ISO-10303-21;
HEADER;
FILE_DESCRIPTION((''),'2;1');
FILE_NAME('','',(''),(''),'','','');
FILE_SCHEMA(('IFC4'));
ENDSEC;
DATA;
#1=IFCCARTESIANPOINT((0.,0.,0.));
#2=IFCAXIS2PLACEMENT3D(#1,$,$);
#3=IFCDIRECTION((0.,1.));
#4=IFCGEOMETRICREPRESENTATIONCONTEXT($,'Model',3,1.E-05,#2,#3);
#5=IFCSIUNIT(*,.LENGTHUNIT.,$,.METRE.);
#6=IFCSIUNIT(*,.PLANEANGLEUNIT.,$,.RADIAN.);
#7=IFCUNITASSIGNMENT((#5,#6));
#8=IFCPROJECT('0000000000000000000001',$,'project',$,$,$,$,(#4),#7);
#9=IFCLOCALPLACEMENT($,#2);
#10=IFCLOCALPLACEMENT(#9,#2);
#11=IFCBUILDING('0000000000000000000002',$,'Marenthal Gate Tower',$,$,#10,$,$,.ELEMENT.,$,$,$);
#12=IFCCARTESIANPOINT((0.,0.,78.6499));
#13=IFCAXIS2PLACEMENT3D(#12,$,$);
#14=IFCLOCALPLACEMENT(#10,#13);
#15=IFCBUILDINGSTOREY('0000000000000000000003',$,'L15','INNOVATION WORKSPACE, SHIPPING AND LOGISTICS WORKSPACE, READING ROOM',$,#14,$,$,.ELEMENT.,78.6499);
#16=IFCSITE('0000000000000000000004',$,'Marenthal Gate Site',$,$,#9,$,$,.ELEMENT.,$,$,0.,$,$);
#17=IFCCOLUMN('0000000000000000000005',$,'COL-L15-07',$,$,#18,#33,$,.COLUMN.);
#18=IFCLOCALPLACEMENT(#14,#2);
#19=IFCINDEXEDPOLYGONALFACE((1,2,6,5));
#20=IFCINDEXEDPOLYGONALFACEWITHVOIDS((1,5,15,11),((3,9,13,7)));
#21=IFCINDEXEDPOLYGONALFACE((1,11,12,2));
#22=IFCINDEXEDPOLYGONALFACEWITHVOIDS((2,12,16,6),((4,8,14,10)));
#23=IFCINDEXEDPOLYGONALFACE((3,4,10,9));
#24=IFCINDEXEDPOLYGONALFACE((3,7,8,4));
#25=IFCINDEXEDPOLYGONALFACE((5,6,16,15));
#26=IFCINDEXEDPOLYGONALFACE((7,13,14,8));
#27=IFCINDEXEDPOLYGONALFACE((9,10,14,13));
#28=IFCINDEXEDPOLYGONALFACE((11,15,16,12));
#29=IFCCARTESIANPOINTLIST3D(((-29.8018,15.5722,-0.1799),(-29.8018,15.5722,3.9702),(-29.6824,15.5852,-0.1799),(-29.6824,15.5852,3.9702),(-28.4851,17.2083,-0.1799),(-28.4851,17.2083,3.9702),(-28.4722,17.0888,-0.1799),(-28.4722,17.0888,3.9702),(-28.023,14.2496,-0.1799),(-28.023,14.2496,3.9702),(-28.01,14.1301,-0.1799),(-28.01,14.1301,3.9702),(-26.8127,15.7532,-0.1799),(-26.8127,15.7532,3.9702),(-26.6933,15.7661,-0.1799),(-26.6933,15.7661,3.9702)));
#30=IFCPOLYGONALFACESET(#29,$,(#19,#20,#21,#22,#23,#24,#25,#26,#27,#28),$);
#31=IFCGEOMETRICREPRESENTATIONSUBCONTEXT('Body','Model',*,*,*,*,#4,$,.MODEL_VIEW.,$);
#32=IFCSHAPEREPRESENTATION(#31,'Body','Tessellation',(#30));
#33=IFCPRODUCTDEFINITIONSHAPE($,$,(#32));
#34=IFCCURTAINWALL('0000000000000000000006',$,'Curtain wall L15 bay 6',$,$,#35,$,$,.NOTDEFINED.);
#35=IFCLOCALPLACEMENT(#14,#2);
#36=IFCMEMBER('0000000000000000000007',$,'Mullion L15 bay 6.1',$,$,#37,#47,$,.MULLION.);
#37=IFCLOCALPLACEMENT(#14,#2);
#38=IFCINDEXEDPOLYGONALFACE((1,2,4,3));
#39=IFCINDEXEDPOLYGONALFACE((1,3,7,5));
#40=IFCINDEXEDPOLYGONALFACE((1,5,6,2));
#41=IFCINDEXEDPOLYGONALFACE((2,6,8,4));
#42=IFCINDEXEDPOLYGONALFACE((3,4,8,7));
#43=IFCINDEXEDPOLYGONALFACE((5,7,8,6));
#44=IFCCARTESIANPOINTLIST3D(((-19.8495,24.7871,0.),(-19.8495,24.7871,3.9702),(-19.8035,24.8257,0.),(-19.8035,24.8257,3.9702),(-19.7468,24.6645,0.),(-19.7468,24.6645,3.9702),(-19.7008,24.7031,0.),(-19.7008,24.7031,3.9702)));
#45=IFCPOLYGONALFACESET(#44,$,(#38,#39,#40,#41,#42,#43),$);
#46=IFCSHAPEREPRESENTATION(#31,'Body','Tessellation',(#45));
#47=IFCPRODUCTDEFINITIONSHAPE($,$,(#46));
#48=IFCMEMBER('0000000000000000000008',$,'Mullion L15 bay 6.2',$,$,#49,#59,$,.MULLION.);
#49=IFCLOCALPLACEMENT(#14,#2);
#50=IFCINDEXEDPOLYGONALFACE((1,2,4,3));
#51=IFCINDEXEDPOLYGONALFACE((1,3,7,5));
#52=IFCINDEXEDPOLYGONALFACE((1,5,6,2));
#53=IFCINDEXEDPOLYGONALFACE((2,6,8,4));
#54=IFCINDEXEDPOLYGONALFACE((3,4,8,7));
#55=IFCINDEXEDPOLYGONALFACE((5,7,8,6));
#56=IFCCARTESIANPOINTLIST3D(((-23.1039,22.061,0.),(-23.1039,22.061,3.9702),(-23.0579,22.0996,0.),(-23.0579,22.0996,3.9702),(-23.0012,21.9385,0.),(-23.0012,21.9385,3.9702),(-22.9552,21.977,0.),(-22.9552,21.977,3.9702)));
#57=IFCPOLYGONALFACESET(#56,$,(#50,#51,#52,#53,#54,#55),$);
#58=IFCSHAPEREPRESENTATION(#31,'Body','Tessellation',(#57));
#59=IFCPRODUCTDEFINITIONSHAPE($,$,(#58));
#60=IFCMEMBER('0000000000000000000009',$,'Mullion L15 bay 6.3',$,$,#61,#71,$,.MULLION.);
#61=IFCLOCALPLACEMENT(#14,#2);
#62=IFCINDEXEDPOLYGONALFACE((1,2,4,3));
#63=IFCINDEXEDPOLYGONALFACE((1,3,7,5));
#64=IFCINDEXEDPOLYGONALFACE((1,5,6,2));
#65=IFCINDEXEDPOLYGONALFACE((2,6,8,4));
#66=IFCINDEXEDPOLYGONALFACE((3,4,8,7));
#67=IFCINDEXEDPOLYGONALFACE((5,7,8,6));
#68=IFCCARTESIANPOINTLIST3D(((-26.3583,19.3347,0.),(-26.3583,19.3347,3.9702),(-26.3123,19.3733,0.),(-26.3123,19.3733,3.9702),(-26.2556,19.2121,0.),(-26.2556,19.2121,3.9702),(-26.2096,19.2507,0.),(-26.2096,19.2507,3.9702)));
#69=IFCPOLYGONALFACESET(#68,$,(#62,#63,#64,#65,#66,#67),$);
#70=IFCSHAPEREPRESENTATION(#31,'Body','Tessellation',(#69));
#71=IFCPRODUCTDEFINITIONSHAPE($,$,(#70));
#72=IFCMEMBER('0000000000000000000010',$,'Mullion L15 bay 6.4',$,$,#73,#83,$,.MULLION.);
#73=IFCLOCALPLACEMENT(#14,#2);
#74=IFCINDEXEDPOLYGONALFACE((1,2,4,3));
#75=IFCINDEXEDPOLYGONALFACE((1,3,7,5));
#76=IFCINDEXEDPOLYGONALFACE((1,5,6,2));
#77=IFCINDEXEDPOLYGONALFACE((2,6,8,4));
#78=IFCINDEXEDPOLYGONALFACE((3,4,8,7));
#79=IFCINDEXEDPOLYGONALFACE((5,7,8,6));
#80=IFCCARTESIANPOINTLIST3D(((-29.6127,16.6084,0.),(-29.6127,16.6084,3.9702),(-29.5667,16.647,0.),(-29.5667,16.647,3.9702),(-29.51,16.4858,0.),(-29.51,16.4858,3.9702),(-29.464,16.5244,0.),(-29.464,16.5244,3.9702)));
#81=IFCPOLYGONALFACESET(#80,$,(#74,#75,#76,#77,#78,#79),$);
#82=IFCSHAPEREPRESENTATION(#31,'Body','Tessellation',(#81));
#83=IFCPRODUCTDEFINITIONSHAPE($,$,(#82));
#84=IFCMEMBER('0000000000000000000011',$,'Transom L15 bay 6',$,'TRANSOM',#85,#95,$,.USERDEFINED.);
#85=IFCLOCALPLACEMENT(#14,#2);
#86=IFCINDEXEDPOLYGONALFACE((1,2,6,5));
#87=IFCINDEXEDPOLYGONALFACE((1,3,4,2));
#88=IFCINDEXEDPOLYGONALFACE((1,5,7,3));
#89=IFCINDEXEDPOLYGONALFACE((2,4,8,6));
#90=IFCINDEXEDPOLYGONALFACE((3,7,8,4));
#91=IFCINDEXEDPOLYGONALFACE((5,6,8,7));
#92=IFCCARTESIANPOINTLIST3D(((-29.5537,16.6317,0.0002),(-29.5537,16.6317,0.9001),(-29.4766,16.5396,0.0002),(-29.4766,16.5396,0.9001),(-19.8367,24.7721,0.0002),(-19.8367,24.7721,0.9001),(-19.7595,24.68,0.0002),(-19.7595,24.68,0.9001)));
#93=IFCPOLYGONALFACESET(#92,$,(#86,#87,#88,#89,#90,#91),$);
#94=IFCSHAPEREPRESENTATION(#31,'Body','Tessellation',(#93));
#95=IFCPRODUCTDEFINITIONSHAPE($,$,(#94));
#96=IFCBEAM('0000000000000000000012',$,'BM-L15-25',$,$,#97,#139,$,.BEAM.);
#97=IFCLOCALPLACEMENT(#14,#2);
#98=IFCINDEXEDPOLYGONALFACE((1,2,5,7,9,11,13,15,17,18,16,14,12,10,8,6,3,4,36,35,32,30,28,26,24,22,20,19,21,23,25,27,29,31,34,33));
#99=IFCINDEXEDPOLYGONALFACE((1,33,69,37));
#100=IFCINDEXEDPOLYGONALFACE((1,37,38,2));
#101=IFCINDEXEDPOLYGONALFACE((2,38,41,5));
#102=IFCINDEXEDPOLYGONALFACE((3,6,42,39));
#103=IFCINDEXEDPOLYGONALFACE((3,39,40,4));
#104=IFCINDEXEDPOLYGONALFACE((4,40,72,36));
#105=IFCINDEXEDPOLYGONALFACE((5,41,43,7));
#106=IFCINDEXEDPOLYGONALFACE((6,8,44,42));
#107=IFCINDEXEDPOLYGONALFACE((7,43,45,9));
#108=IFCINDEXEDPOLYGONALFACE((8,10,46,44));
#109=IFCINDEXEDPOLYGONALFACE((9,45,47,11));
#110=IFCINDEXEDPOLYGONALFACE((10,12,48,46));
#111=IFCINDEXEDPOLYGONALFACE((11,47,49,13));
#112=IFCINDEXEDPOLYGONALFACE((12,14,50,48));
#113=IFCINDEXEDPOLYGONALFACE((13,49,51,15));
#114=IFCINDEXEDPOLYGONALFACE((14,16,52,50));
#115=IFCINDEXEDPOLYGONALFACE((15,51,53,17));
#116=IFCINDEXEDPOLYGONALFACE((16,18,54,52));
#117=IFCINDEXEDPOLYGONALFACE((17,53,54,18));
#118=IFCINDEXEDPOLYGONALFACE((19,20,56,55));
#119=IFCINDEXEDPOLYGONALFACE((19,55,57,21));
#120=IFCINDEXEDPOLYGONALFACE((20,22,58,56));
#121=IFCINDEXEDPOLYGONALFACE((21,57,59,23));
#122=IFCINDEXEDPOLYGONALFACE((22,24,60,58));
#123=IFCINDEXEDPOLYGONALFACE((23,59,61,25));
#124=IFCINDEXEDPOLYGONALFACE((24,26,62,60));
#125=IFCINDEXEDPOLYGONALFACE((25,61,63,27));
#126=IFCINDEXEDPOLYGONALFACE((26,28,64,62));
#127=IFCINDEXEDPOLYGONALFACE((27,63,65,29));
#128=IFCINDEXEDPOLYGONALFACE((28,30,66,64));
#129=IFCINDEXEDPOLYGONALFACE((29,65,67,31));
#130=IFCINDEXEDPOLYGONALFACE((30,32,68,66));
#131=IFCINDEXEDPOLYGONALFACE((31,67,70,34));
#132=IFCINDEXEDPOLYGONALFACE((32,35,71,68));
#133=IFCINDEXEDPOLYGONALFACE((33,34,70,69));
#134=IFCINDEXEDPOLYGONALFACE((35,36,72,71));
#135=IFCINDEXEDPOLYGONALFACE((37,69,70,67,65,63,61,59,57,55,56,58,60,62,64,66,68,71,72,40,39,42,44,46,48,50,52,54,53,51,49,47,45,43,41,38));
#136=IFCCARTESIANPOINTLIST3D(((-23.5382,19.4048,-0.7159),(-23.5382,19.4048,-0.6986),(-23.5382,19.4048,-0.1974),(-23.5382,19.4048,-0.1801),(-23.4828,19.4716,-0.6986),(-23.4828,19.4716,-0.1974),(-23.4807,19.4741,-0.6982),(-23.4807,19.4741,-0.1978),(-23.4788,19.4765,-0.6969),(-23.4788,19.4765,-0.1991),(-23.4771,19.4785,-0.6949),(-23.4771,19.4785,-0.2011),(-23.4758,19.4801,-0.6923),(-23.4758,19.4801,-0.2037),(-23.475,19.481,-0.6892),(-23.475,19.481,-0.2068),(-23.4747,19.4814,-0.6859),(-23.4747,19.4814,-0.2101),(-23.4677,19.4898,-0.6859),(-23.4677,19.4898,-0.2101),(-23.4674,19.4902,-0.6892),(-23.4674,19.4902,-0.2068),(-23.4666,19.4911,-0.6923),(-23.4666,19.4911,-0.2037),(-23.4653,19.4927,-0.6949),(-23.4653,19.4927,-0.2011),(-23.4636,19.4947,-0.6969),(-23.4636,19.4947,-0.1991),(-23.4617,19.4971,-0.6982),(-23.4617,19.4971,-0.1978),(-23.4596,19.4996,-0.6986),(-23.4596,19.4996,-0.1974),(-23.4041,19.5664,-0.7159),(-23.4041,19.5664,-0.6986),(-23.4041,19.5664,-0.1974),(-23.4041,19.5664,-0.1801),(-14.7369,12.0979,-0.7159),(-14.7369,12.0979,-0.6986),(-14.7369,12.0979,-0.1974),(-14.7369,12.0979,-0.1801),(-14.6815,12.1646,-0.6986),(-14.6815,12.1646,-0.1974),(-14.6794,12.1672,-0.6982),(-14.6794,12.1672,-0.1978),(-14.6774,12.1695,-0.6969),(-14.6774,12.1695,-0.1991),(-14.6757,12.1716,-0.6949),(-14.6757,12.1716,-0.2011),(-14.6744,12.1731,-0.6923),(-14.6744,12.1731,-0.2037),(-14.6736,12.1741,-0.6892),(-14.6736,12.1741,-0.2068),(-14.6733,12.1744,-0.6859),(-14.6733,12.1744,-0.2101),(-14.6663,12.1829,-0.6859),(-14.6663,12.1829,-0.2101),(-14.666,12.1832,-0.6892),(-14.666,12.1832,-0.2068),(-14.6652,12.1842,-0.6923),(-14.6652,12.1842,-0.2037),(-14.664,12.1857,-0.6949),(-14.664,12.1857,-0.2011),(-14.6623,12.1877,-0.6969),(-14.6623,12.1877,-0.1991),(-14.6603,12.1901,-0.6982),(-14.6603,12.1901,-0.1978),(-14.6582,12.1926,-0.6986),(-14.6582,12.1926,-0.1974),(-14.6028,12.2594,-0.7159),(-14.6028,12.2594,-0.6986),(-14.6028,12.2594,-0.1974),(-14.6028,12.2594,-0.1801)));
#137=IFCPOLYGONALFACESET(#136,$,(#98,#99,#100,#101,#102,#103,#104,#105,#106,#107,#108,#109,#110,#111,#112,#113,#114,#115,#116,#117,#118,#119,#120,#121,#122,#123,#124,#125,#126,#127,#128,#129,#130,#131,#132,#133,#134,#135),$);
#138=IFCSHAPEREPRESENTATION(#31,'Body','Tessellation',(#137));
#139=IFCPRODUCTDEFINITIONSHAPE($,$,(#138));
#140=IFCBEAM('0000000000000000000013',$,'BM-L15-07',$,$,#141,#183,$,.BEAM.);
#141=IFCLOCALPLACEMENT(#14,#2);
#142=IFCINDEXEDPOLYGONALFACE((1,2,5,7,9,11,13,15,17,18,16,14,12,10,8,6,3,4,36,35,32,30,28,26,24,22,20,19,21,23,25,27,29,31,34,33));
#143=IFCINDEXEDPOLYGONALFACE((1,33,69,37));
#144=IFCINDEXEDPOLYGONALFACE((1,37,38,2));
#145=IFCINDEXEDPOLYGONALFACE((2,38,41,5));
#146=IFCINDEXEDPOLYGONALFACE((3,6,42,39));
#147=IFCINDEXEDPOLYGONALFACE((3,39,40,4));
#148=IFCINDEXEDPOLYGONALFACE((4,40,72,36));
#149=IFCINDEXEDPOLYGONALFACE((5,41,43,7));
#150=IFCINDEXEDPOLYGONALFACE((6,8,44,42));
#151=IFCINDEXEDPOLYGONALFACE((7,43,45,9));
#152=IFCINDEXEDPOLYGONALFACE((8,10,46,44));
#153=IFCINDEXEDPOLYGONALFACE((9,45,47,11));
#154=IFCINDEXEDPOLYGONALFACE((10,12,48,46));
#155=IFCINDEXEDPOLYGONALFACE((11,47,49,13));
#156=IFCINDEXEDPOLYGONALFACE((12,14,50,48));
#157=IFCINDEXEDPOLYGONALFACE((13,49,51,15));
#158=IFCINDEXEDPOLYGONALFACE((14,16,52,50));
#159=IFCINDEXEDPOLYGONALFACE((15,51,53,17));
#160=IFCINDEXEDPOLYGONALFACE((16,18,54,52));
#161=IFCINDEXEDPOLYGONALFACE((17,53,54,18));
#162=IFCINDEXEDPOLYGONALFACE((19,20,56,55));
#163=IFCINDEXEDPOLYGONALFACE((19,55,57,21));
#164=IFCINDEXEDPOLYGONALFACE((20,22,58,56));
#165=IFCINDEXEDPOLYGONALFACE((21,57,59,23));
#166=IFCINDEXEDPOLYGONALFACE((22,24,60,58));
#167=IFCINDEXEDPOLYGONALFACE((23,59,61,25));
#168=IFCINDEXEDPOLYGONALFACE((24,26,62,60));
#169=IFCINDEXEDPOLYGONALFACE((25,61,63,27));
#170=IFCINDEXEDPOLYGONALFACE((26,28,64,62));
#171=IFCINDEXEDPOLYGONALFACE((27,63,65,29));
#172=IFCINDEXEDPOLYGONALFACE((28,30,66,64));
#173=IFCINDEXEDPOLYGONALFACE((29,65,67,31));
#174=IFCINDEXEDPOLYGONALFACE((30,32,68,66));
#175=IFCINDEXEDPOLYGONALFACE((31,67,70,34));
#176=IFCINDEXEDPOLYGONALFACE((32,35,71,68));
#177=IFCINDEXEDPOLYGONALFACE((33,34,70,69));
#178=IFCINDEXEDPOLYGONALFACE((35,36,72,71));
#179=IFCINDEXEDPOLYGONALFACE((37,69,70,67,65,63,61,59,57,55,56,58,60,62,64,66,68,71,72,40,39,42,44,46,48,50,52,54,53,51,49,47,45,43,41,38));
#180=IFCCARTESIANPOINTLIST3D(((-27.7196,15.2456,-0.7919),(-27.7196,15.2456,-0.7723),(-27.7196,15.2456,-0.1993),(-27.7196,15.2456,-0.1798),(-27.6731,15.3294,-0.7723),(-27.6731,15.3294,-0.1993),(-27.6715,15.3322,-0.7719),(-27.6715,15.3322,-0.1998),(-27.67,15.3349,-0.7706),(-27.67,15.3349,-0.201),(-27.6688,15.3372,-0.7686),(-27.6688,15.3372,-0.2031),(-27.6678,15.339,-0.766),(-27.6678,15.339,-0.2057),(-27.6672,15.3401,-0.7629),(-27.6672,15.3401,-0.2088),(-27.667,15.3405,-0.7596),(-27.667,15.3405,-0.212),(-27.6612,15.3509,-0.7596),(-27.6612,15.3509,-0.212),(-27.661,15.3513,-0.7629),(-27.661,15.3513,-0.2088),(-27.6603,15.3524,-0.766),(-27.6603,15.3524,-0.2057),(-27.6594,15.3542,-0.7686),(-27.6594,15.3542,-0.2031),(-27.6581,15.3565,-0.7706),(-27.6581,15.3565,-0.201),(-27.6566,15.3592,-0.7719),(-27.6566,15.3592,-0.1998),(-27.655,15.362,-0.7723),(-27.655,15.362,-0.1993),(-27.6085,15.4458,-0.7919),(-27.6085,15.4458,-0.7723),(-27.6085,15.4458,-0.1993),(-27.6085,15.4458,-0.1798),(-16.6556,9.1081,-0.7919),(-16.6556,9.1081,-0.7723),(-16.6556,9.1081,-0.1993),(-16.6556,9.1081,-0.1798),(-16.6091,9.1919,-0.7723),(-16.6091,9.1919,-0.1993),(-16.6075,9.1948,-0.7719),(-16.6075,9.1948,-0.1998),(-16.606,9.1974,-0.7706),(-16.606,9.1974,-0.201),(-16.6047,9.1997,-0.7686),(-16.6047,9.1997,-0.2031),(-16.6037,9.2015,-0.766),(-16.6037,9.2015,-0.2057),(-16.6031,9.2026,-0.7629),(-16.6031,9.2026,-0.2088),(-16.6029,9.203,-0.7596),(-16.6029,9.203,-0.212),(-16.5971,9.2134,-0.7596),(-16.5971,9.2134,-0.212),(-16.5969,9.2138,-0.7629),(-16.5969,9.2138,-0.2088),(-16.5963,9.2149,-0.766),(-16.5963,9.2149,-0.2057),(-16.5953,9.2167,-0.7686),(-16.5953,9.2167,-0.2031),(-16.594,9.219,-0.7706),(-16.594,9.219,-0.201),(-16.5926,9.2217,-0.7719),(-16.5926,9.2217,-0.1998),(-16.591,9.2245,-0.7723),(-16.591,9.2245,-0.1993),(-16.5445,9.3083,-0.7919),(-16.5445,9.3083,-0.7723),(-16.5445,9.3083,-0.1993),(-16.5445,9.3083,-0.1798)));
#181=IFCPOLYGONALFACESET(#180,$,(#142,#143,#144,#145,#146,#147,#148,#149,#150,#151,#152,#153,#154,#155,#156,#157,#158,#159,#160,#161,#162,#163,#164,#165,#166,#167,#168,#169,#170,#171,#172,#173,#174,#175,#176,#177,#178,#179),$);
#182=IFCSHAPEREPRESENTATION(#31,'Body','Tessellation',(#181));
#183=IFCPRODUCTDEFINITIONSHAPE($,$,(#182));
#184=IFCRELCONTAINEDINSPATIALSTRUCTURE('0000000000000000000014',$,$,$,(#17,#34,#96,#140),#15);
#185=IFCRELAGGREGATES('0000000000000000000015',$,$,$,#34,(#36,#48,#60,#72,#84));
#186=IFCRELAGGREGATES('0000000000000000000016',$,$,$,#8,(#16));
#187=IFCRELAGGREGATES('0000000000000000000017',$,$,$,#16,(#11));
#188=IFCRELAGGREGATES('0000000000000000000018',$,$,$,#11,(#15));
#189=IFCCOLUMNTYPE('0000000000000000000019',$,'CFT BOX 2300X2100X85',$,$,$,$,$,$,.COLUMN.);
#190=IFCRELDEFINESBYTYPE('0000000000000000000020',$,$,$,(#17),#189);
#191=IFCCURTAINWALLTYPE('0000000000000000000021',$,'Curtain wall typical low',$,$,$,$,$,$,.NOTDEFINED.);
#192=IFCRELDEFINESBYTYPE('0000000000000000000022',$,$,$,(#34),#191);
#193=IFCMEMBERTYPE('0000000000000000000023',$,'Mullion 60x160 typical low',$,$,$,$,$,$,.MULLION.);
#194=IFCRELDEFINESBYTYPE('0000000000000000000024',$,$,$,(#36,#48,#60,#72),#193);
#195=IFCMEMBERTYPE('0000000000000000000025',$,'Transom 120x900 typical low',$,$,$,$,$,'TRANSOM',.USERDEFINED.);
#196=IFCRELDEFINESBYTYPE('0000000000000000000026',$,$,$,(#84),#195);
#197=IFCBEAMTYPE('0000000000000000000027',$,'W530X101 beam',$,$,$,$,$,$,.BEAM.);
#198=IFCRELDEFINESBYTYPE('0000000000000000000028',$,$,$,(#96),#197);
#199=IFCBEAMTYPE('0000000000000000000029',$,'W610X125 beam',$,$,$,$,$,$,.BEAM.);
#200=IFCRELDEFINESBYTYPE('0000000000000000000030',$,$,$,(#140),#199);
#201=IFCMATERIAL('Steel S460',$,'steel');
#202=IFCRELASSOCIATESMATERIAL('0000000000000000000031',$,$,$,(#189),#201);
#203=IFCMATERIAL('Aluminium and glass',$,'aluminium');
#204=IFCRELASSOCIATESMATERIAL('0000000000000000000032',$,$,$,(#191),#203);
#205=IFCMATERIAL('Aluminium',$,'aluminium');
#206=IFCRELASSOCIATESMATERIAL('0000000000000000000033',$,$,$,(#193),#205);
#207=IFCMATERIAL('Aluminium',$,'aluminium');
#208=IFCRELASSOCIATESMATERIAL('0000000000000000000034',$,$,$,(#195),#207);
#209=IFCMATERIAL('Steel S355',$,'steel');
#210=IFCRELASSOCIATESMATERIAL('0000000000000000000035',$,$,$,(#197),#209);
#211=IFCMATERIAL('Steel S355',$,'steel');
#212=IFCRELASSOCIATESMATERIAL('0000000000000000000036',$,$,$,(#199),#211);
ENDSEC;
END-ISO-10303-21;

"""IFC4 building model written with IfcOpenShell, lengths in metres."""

from ifc_helpers import new_model, si_unit, direction, frame, origin, origin_2d, place, context, subcontext, project, spatial, rectangle, hollow_rectangle, i_section, extrude, material, material_profile, profile_set, type_object, element, aggregate, save


model = new_model("IFC4")

# Units and contexts
model_context = context("Model", 3, precision=1e-05, world=origin(), true_north=direction((0.0, 1.0)))
body_context = subcontext(model_context, "Body", "Model", "MODEL_VIEW")
ifc_project = project(units=[si_unit("LENGTHUNIT", "METRE"), si_unit("PLANEANGLEUNIT", "RADIAN")], contexts=[model_context])

# Site, building, storey
site_placement = place(None, origin())
site = spatial("IfcSite", under=ifc_project, at=site_placement, Name="Marenthal Gate Site", CompositionType="ELEMENT", RefElevation=0.0)
building_placement = place(site_placement, origin())
building = spatial("IfcBuilding", under=site, at=building_placement, Name="Marenthal Gate Tower", CompositionType="ELEMENT")
storey_placement = place(building_placement, frame((0.0, 0.0, 78.6499)))
storey = spatial("IfcBuildingStorey", under=building, at=storey_placement, Name="L15", Description="INNOVATION WORKSPACE, SHIPPING AND LOGISTICS WORKSPACE, READING ROOM", CompositionType="ELEMENT", Elevation=78.6499)

# Column
ifc_material_1 = material(Name="Steel S460", Category="steel")
ifc_material_profile_1 = material_profile(ifc_material_1, hollow_rectangle(XDim=2.1001, YDim=2.3, WallThickness=0.085, at=origin_2d()), Name="CFT BOX 2300X2100X85")
ifc_material_2 = material(Name="Concrete 70 MPa", Category="concrete")
ifc_material_profile_2 = material_profile(ifc_material_2, rectangle(XDim=1.9299, YDim=2.1299, at=origin_2d()), Name="CFT BOX 2300X2100X85 INFILL")
ifc_profile_set_1 = profile_set([ifc_material_profile_1, ifc_material_profile_2], Name="Steel S460 shell, Concrete 70 MPa infill")
column_type = type_object("IfcColumnType", Name="CFT BOX 2300X2100X85", PredefinedType="COLUMN", material=ifc_profile_set_1)
column_placement = place(storey_placement, frame((-28.2476, 15.6692, -0.1799), z_axis=(0.0, 0.0, 1.0), x_axis=(0.626997, 0.779022, 0.0)))
element("IfcColumn", 1, at=column_placement, inside=storey, type_object=column_type, Name="COL-L15-07", PredefinedType="COLUMN", context=body_context, shape_type="SweptSolid", body=[
    extrude(hollow_rectangle(XDim=2.1001, YDim=2.3, WallThickness=0.085, at=origin_2d()), origin(), (0.0, 0.0, 1.0), 4.1501),
])

# Curtain wall, members
ifc_material_3 = material(Name="Aluminium and glass", Category="aluminium")
curtain_wall_type = type_object("IfcCurtainWallType", Name="Curtain wall typical low", PredefinedType="NOTDEFINED", material=ifc_material_3)
curtain_wall_placement = place(storey_placement, origin())
curtain_wall = element("IfcCurtainWall", 2, at=curtain_wall_placement, inside=storey, type_object=curtain_wall_type, Name="Curtain wall L15 bay 6", PredefinedType="NOTDEFINED")
ifc_material_4 = material(Name="Aluminium", Category="aluminium")
ifc_material_profile_3 = material_profile(ifc_material_4, rectangle(XDim=0.1599, YDim=0.0601, at=origin_2d()), Name="60x160 aluminium mullion")
ifc_profile_set_2 = profile_set([ifc_material_profile_3], Name="Aluminium")
member_type_1 = type_object("IfcMemberType", Name="Mullion 60x160 typical low", PredefinedType="MULLION", material=ifc_profile_set_2)
member_1_placement = place(storey_placement, frame((-19.7751, 24.7451, 0.0), z_axis=(0.0, 0.0, 1.0), x_axis=(0.642176, -0.766557, 0.0)))
member_1 = element("IfcMember", 3, at=member_1_placement, type_object=member_type_1, Name="Mullion L15 bay 6.1", PredefinedType="MULLION", context=body_context, shape_type="SweptSolid", body=[
    extrude(rectangle(XDim=0.1599, YDim=0.0601, at=origin_2d()), origin(), (0.0, 0.0, 1.0), 3.9702),
])
member_2_placement = place(storey_placement, frame((-23.0295, 22.019, 0.0), z_axis=(0.0, 0.0, 1.0), x_axis=(0.642176, -0.766557, 0.0)))
member_2 = element("IfcMember", 4, at=member_2_placement, type_object=member_type_1, Name="Mullion L15 bay 6.2", PredefinedType="MULLION", context=body_context, shape_type="SweptSolid", body=[
    extrude(rectangle(XDim=0.1599, YDim=0.0601, at=origin_2d()), origin(), (0.0, 0.0, 1.0), 3.9702),
])
member_3_placement = place(storey_placement, frame((-26.2839, 19.2927, 0.0), z_axis=(0.0, 0.0, 1.0), x_axis=(0.642176, -0.766557, 0.0)))
member_3 = element("IfcMember", 5, at=member_3_placement, type_object=member_type_1, Name="Mullion L15 bay 6.3", PredefinedType="MULLION", context=body_context, shape_type="SweptSolid", body=[
    extrude(rectangle(XDim=0.1599, YDim=0.0601, at=origin_2d()), origin(), (0.0, 0.0, 1.0), 3.9702),
])
member_4_placement = place(storey_placement, frame((-29.5383, 16.5664, 0.0), z_axis=(0.0, 0.0, 1.0), x_axis=(0.642176, -0.766557, 0.0)))
member_4 = element("IfcMember", 6, at=member_4_placement, type_object=member_type_1, Name="Mullion L15 bay 6.4", PredefinedType="MULLION", context=body_context, shape_type="SweptSolid", body=[
    extrude(rectangle(XDim=0.1599, YDim=0.0601, at=origin_2d()), origin(), (0.0, 0.0, 1.0), 3.9702),
])
ifc_material_5 = material(Name="Aluminium", Category="aluminium")
ifc_material_profile_4 = material_profile(ifc_material_5, rectangle(XDim=0.1201, YDim=0.8999, at=origin_2d()), Name="120x900 aluminium transom")
ifc_profile_set_3 = profile_set([ifc_material_profile_4], Name="Aluminium")
member_type_2 = type_object("IfcMemberType", Name="Transom 120x900 typical low", ElementType="TRANSOM", PredefinedType="USERDEFINED", material=ifc_profile_set_3)
member_5_placement = place(storey_placement, frame((-19.7981, 24.7261, 0.4502), z_axis=(-0.766556, -0.642177, 0.0), x_axis=(0.642177, -0.766556, 0.0)))
member_5 = element("IfcMember", 7, at=member_5_placement, type_object=member_type_2, Name="Transom L15 bay 6", ObjectType="TRANSOM", PredefinedType="USERDEFINED", context=body_context, shape_type="SweptSolid", body=[
    extrude(rectangle(XDim=0.1201, YDim=0.8999, at=origin_2d()), origin(), (0.0, 0.0, 1.0), 12.6763),
])

# Beams
ifc_material_6 = material(Name="Steel S355", Category="steel")
ifc_material_profile_5 = material_profile(ifc_material_6, i_section(OverallWidth=0.21, OverallDepth=0.5359, WebThickness=0.011, FlangeThickness=0.0173, FilletRadius=0.0127, at=origin_2d()), Name="W530X101")
ifc_profile_set_4 = profile_set([ifc_material_profile_5], Name="Steel S355")
beam_type_1 = type_object("IfcBeamType", Name="W530X101 beam", PredefinedType="BEAM", material=ifc_profile_set_4)
beam_1_placement = place(storey_placement, frame((-23.4712, 19.4856, -0.448), z_axis=(0.769403, -0.638764, 0.0), x_axis=(0.638764, 0.769403, 0.0)))
element("IfcBeam", 8, at=beam_1_placement, inside=storey, type_object=beam_type_1, Name="BM-L15-25", PredefinedType="BEAM", context=body_context, shape_type="SweptSolid", body=[
    extrude(i_section(OverallWidth=0.21, OverallDepth=0.5359, WebThickness=0.011, FlangeThickness=0.0173, FilletRadius=0.0127, at=origin_2d()), origin(), (0.0, 0.0, 1.0), 11.4392),
])
ifc_material_7 = material(Name="Steel S355", Category="steel")
ifc_material_profile_6 = material_profile(ifc_material_7, i_section(OverallWidth=0.229, OverallDepth=0.6121, WebThickness=0.012, FlangeThickness=0.0195, FilletRadius=0.0127, at=origin_2d()), Name="W610X125")
ifc_profile_set_5 = profile_set([ifc_material_profile_6], Name="Steel S355")
beam_type_2 = type_object("IfcBeamType", Name="W610X125 beam", PredefinedType="BEAM", material=ifc_profile_set_5)
beam_2_placement = place(storey_placement, frame((-27.6641, 15.3457, -0.4858), z_axis=(0.874466, -0.485087, 0.0), x_axis=(0.485087, 0.874466, 0.0)))
element("IfcBeam", 9, at=beam_2_placement, inside=storey, type_object=beam_type_2, Name="BM-L15-07", PredefinedType="BEAM", context=body_context, shape_type="SweptSolid", body=[
    extrude(i_section(OverallWidth=0.229, OverallDepth=0.6121, WebThickness=0.012, FlangeThickness=0.0195, FilletRadius=0.0127, at=origin_2d()), origin(), (0.0, 0.0, 1.0), 12.6523),
])

aggregate(curtain_wall, [member_1, member_2, member_3, member_4, member_5])

save(model, "model.ifc")
